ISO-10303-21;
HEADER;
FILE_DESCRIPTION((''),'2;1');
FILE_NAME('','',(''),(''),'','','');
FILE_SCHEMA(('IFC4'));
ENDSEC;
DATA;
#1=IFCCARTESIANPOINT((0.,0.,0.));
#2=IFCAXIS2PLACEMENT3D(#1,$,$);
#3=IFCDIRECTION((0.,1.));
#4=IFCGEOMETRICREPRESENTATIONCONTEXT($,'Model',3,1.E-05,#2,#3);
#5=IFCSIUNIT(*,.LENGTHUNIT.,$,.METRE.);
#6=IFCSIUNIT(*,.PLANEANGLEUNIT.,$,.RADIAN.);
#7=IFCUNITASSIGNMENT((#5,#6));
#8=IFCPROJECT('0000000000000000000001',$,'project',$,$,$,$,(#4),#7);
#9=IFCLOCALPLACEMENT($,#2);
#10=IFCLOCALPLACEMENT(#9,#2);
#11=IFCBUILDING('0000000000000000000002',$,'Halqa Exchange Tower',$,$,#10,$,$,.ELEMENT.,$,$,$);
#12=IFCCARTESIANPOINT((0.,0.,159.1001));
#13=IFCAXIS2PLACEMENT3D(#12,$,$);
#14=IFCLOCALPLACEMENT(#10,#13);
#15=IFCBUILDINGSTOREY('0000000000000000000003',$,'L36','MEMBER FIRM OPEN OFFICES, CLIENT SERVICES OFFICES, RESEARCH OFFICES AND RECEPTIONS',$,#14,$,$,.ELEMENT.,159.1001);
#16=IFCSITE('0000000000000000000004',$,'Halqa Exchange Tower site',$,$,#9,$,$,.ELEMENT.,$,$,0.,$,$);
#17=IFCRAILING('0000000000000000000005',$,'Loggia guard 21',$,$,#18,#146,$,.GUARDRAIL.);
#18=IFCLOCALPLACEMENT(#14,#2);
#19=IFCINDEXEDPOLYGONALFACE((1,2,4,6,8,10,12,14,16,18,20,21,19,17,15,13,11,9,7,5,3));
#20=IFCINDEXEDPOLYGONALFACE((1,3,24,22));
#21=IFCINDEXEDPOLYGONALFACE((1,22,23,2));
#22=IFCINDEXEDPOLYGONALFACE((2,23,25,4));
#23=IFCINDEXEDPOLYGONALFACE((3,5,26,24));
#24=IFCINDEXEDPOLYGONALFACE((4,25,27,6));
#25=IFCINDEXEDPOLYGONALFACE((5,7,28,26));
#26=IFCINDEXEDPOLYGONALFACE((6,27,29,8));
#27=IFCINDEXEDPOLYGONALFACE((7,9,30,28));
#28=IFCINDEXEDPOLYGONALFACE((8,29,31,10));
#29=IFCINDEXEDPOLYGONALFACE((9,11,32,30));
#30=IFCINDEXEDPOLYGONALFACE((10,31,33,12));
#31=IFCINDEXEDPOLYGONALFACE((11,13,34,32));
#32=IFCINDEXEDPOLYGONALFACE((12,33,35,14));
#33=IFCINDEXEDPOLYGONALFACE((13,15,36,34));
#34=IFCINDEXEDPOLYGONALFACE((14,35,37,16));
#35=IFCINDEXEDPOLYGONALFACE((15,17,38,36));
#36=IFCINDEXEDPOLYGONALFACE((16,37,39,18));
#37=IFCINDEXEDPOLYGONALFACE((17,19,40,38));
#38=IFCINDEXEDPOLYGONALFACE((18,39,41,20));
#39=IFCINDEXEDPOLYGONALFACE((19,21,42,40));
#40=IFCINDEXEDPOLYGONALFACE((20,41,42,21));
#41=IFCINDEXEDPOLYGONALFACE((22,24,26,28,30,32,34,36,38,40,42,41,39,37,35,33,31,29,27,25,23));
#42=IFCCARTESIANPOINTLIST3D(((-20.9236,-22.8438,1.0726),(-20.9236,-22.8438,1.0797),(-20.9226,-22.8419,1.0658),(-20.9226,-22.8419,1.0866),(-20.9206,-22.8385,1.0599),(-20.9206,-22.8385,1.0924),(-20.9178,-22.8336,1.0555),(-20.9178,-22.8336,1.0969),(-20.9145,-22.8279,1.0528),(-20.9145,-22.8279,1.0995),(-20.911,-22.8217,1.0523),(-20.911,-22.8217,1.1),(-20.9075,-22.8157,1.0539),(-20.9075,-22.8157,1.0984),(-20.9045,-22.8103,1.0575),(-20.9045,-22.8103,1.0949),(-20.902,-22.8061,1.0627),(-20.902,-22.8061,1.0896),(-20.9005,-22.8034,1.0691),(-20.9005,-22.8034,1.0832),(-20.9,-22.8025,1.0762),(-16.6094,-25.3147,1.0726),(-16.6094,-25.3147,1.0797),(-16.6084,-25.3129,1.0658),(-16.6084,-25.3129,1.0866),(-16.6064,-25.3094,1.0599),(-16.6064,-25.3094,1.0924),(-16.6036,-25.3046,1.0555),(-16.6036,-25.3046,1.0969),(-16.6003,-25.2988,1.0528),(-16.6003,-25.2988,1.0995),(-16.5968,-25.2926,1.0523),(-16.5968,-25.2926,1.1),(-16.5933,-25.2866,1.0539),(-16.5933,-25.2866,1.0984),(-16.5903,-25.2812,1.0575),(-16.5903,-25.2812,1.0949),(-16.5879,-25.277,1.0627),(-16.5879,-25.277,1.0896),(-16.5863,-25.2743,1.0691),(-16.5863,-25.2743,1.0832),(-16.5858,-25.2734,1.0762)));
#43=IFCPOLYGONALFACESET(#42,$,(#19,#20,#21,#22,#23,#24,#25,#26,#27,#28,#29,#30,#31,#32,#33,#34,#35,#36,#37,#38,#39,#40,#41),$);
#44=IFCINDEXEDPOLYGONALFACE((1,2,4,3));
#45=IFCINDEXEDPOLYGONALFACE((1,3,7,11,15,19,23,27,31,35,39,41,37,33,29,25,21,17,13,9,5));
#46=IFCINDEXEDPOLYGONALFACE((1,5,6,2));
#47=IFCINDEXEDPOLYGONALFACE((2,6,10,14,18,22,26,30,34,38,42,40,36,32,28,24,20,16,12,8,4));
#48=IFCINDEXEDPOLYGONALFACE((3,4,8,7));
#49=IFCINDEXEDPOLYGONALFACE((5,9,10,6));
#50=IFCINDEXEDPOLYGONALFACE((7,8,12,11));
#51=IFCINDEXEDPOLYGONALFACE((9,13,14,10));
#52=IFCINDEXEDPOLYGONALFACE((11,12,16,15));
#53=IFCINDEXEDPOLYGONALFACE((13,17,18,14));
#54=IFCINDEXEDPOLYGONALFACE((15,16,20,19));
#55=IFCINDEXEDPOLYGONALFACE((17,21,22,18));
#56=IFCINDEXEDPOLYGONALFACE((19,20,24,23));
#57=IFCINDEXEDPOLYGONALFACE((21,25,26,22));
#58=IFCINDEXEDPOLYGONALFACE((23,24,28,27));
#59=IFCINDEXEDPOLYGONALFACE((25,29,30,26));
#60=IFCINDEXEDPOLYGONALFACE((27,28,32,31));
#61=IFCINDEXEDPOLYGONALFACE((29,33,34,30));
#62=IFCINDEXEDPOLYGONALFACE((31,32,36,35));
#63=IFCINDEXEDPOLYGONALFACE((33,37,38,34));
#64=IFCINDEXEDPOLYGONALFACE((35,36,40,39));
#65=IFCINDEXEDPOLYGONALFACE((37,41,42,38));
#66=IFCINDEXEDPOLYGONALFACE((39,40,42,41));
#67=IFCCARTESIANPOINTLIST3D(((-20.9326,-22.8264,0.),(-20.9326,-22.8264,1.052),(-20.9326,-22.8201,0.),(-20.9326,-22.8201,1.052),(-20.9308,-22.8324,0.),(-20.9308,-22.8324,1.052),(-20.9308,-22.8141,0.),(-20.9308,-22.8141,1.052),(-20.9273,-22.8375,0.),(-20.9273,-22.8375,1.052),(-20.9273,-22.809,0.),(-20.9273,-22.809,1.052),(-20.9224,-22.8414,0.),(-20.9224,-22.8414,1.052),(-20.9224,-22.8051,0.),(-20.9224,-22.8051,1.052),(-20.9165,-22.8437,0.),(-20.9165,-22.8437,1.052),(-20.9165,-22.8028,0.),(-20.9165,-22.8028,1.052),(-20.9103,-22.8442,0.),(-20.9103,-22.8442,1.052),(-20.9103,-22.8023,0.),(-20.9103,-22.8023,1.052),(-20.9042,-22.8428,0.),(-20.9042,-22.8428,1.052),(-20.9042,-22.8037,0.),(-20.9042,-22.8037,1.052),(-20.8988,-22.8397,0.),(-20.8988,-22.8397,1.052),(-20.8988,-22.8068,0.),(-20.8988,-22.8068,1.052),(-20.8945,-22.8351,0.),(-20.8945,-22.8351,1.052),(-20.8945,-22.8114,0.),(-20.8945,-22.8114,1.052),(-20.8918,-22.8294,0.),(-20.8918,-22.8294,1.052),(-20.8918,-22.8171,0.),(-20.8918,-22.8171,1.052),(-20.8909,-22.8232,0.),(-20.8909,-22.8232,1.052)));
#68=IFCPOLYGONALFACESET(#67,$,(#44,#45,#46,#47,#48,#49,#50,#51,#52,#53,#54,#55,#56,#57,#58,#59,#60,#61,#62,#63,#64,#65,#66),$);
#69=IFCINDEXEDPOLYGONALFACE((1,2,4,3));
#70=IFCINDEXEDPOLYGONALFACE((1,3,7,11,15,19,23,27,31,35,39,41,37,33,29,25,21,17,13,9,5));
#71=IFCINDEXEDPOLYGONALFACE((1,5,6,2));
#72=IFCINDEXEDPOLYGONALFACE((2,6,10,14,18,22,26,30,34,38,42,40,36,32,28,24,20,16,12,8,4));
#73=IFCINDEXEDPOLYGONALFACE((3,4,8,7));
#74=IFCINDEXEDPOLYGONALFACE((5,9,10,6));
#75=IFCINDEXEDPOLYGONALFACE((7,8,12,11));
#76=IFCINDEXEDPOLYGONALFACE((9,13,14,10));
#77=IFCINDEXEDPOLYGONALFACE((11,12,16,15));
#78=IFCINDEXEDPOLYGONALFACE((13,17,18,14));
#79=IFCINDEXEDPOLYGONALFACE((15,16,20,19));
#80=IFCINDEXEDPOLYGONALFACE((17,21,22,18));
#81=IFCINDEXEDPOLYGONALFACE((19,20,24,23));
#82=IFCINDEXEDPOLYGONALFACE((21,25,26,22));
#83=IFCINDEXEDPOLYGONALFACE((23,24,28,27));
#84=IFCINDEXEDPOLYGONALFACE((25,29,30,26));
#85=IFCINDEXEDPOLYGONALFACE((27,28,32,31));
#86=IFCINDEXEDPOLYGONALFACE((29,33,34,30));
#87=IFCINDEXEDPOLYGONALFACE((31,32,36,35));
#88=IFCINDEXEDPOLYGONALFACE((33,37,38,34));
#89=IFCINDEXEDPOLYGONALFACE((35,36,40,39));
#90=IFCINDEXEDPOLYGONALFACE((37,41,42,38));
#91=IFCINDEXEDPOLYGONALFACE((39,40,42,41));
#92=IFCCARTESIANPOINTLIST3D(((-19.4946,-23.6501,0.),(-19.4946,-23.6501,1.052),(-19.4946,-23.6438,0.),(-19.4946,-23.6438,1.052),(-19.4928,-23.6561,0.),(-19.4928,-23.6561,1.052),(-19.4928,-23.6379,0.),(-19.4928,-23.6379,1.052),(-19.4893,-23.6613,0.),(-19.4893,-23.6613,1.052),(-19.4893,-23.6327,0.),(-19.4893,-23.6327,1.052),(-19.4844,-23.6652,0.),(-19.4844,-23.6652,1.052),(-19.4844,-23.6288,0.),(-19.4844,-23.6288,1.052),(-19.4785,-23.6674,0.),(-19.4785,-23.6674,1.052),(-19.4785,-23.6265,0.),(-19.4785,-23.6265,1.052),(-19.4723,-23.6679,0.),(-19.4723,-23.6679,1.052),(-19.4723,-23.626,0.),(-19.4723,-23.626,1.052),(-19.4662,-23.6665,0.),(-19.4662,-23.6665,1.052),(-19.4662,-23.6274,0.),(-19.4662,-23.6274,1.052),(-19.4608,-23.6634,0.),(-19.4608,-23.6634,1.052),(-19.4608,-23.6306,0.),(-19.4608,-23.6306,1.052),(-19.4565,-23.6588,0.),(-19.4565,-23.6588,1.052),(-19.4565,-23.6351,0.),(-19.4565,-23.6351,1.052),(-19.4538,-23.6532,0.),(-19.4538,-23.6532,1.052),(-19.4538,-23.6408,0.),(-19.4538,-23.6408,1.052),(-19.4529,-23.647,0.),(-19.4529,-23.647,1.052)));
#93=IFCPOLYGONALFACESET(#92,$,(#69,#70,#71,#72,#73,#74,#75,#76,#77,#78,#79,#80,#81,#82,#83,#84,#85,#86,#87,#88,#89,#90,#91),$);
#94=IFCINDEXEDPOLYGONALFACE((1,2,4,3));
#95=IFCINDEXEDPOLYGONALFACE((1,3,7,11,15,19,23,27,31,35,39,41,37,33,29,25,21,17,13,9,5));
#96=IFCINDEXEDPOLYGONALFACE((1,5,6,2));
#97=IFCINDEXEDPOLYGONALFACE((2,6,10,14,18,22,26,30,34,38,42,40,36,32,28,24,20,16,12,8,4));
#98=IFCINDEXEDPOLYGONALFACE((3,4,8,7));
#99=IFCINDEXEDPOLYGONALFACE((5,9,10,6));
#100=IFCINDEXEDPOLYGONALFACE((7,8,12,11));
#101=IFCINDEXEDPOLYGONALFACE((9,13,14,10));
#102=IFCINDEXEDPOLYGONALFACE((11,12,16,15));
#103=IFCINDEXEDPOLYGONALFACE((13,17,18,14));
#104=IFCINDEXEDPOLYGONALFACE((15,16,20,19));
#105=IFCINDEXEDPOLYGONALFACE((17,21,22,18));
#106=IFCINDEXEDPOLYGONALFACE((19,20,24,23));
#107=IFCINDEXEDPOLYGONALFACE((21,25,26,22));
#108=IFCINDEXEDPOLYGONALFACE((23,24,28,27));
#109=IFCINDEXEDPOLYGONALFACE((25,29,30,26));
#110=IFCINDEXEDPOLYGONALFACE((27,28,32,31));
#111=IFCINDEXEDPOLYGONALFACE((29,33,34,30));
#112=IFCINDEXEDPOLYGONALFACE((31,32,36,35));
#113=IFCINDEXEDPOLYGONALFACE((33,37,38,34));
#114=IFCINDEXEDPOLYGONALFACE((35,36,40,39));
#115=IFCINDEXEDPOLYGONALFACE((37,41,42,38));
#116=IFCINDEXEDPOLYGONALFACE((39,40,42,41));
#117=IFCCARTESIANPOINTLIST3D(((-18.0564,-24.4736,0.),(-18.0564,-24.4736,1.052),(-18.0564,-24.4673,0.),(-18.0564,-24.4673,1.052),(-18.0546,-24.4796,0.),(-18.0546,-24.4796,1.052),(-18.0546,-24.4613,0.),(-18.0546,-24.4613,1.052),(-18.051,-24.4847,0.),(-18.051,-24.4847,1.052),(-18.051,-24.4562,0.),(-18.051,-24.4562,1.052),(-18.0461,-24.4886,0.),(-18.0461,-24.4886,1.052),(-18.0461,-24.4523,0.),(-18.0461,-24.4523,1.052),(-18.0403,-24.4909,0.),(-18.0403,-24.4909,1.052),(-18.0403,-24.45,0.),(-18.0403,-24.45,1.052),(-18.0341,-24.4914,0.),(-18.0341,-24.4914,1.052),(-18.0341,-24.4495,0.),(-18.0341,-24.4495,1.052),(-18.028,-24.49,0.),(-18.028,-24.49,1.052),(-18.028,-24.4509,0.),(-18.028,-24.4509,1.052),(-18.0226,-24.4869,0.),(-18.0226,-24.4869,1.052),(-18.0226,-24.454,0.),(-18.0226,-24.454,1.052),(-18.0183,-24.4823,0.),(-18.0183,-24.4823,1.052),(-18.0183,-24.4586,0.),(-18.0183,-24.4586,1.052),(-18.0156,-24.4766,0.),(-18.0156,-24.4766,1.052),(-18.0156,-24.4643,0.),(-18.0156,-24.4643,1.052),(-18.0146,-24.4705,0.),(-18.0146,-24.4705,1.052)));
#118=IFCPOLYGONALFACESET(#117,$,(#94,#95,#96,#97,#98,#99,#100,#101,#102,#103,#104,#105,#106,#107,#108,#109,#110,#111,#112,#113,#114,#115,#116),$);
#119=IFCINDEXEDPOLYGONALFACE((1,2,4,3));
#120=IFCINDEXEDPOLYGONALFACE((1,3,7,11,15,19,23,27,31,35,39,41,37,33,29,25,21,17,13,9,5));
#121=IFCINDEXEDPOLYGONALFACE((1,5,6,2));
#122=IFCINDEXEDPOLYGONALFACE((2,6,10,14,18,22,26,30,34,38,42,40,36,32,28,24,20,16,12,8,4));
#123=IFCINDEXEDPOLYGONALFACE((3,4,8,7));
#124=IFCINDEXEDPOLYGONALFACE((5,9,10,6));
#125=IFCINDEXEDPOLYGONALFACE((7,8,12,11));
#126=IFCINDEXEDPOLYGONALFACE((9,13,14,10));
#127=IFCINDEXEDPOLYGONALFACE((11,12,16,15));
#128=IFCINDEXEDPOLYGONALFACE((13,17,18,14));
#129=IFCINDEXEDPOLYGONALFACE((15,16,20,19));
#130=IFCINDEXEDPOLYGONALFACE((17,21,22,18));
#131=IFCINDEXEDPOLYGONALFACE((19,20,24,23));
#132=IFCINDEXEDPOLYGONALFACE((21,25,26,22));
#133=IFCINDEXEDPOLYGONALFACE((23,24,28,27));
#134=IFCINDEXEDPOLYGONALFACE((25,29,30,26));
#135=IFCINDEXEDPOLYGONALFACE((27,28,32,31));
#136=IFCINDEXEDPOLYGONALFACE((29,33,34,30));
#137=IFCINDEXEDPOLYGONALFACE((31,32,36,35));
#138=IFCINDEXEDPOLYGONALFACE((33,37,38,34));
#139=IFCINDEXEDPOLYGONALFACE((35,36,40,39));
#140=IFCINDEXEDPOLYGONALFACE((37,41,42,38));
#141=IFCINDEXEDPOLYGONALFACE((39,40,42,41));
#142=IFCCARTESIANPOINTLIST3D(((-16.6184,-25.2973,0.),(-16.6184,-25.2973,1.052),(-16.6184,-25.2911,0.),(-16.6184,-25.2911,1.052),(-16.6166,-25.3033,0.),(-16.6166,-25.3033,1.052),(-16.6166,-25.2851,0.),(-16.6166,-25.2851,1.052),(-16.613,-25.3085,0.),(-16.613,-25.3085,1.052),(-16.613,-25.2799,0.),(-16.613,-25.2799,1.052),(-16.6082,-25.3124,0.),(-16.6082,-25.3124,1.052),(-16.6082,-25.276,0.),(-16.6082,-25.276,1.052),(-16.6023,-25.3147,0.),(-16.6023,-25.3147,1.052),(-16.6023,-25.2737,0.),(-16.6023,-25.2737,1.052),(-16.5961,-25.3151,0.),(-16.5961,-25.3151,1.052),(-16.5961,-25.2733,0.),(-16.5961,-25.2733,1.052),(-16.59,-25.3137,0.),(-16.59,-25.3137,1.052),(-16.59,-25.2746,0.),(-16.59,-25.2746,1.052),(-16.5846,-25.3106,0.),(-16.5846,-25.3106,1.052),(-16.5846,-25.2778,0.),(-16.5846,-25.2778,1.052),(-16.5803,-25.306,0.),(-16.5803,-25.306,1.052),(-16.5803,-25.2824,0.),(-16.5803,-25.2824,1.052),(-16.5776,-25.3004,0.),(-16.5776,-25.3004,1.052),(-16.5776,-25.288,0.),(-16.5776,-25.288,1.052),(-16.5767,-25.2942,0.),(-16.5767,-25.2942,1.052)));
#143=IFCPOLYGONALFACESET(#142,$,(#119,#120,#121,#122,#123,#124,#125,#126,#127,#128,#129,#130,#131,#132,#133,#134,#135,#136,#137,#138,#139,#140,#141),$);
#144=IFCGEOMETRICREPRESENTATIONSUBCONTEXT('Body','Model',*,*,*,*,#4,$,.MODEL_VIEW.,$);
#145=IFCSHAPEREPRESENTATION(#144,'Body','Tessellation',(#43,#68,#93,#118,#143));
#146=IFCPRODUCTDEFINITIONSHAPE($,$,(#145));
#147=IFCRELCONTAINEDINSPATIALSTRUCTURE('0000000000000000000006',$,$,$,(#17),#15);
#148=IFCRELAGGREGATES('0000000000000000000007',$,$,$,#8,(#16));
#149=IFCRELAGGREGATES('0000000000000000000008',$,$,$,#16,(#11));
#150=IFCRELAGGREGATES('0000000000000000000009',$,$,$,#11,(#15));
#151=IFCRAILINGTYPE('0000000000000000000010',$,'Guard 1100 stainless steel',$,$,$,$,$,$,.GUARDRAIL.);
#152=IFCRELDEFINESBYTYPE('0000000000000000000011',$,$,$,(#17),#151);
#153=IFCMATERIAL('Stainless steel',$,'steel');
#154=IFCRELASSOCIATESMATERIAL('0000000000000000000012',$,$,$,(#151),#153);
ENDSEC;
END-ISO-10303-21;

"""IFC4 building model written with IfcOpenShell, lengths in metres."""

from ifc_helpers import new_model, si_unit, direction, frame, origin, origin_2d, place, context, subcontext, project, spatial, circle, extrude, material, type_object, element, save


model = new_model("IFC4")

# Units and contexts
model_context = context("Model", 3, precision=1e-05, world=origin(), true_north=direction((0.0, 1.0)))
body_context = subcontext(model_context, "Body", "Model", "MODEL_VIEW")
ifc_project = project(units=[si_unit("LENGTHUNIT", "METRE"), si_unit("PLANEANGLEUNIT", "RADIAN")], contexts=[model_context])

# Site, building, storey
site_placement = place(None, origin())
site = spatial("IfcSite", under=ifc_project, at=site_placement, Name="Halqa Exchange Tower site", CompositionType="ELEMENT", RefElevation=0.0)
building_placement = place(site_placement, origin())
building = spatial("IfcBuilding", under=site, at=building_placement, Name="Halqa Exchange Tower", CompositionType="ELEMENT")
storey_placement = place(building_placement, frame((0.0, 0.0, 159.1001)))
storey = spatial("IfcBuildingStorey", under=building, at=storey_placement, Name="L36", Description="MEMBER FIRM OPEN OFFICES, CLIENT SERVICES OFFICES, RESEARCH OFFICES AND RECEPTIONS", CompositionType="ELEMENT", Elevation=159.1001)

# Railing
ifc_material_1 = material(Name="Stainless steel", Category="steel")
railing_type = type_object("IfcRailingType", Name="Guard 1100 stainless steel", PredefinedType="GUARDRAIL", material=ifc_material_1)
railing_1_placement = place(storey_placement, frame((-20.9119, -22.8232, 0.0)))
element("IfcRailing", 1, at=railing_1_placement, inside=storey, type_object=railing_type, Name="Loggia guard 21", PredefinedType="GUARDRAIL", context=body_context, shape_type="SweptSolid", body=[
    extrude(circle(Radius=0.0239, at=origin_2d()), frame((0.0, 0.0, 1.0762), z_axis=(0.86775, -0.497001, 0.0), x_axis=(0.497001, 0.86775, 0.0)), (0.0, 0.0, 1.0), 4.9717),
    extrude(circle(Radius=0.021, at=origin_2d()), origin(), (0.0, 0.0, 1.0), 1.052),
    extrude(circle(Radius=0.021, at=origin_2d()), frame((1.438, -0.8237, 0.0)), (0.0, 0.0, 1.0), 1.052),
    extrude(circle(Radius=0.021, at=origin_2d()), frame((2.8762, -1.6472, 0.0)), (0.0, 0.0, 1.0), 1.052),
    extrude(circle(Radius=0.021, at=origin_2d()), frame((4.3142, -2.4709, 0.0)), (0.0, 0.0, 1.0), 1.052),
])

save(model, "model.ifc")
